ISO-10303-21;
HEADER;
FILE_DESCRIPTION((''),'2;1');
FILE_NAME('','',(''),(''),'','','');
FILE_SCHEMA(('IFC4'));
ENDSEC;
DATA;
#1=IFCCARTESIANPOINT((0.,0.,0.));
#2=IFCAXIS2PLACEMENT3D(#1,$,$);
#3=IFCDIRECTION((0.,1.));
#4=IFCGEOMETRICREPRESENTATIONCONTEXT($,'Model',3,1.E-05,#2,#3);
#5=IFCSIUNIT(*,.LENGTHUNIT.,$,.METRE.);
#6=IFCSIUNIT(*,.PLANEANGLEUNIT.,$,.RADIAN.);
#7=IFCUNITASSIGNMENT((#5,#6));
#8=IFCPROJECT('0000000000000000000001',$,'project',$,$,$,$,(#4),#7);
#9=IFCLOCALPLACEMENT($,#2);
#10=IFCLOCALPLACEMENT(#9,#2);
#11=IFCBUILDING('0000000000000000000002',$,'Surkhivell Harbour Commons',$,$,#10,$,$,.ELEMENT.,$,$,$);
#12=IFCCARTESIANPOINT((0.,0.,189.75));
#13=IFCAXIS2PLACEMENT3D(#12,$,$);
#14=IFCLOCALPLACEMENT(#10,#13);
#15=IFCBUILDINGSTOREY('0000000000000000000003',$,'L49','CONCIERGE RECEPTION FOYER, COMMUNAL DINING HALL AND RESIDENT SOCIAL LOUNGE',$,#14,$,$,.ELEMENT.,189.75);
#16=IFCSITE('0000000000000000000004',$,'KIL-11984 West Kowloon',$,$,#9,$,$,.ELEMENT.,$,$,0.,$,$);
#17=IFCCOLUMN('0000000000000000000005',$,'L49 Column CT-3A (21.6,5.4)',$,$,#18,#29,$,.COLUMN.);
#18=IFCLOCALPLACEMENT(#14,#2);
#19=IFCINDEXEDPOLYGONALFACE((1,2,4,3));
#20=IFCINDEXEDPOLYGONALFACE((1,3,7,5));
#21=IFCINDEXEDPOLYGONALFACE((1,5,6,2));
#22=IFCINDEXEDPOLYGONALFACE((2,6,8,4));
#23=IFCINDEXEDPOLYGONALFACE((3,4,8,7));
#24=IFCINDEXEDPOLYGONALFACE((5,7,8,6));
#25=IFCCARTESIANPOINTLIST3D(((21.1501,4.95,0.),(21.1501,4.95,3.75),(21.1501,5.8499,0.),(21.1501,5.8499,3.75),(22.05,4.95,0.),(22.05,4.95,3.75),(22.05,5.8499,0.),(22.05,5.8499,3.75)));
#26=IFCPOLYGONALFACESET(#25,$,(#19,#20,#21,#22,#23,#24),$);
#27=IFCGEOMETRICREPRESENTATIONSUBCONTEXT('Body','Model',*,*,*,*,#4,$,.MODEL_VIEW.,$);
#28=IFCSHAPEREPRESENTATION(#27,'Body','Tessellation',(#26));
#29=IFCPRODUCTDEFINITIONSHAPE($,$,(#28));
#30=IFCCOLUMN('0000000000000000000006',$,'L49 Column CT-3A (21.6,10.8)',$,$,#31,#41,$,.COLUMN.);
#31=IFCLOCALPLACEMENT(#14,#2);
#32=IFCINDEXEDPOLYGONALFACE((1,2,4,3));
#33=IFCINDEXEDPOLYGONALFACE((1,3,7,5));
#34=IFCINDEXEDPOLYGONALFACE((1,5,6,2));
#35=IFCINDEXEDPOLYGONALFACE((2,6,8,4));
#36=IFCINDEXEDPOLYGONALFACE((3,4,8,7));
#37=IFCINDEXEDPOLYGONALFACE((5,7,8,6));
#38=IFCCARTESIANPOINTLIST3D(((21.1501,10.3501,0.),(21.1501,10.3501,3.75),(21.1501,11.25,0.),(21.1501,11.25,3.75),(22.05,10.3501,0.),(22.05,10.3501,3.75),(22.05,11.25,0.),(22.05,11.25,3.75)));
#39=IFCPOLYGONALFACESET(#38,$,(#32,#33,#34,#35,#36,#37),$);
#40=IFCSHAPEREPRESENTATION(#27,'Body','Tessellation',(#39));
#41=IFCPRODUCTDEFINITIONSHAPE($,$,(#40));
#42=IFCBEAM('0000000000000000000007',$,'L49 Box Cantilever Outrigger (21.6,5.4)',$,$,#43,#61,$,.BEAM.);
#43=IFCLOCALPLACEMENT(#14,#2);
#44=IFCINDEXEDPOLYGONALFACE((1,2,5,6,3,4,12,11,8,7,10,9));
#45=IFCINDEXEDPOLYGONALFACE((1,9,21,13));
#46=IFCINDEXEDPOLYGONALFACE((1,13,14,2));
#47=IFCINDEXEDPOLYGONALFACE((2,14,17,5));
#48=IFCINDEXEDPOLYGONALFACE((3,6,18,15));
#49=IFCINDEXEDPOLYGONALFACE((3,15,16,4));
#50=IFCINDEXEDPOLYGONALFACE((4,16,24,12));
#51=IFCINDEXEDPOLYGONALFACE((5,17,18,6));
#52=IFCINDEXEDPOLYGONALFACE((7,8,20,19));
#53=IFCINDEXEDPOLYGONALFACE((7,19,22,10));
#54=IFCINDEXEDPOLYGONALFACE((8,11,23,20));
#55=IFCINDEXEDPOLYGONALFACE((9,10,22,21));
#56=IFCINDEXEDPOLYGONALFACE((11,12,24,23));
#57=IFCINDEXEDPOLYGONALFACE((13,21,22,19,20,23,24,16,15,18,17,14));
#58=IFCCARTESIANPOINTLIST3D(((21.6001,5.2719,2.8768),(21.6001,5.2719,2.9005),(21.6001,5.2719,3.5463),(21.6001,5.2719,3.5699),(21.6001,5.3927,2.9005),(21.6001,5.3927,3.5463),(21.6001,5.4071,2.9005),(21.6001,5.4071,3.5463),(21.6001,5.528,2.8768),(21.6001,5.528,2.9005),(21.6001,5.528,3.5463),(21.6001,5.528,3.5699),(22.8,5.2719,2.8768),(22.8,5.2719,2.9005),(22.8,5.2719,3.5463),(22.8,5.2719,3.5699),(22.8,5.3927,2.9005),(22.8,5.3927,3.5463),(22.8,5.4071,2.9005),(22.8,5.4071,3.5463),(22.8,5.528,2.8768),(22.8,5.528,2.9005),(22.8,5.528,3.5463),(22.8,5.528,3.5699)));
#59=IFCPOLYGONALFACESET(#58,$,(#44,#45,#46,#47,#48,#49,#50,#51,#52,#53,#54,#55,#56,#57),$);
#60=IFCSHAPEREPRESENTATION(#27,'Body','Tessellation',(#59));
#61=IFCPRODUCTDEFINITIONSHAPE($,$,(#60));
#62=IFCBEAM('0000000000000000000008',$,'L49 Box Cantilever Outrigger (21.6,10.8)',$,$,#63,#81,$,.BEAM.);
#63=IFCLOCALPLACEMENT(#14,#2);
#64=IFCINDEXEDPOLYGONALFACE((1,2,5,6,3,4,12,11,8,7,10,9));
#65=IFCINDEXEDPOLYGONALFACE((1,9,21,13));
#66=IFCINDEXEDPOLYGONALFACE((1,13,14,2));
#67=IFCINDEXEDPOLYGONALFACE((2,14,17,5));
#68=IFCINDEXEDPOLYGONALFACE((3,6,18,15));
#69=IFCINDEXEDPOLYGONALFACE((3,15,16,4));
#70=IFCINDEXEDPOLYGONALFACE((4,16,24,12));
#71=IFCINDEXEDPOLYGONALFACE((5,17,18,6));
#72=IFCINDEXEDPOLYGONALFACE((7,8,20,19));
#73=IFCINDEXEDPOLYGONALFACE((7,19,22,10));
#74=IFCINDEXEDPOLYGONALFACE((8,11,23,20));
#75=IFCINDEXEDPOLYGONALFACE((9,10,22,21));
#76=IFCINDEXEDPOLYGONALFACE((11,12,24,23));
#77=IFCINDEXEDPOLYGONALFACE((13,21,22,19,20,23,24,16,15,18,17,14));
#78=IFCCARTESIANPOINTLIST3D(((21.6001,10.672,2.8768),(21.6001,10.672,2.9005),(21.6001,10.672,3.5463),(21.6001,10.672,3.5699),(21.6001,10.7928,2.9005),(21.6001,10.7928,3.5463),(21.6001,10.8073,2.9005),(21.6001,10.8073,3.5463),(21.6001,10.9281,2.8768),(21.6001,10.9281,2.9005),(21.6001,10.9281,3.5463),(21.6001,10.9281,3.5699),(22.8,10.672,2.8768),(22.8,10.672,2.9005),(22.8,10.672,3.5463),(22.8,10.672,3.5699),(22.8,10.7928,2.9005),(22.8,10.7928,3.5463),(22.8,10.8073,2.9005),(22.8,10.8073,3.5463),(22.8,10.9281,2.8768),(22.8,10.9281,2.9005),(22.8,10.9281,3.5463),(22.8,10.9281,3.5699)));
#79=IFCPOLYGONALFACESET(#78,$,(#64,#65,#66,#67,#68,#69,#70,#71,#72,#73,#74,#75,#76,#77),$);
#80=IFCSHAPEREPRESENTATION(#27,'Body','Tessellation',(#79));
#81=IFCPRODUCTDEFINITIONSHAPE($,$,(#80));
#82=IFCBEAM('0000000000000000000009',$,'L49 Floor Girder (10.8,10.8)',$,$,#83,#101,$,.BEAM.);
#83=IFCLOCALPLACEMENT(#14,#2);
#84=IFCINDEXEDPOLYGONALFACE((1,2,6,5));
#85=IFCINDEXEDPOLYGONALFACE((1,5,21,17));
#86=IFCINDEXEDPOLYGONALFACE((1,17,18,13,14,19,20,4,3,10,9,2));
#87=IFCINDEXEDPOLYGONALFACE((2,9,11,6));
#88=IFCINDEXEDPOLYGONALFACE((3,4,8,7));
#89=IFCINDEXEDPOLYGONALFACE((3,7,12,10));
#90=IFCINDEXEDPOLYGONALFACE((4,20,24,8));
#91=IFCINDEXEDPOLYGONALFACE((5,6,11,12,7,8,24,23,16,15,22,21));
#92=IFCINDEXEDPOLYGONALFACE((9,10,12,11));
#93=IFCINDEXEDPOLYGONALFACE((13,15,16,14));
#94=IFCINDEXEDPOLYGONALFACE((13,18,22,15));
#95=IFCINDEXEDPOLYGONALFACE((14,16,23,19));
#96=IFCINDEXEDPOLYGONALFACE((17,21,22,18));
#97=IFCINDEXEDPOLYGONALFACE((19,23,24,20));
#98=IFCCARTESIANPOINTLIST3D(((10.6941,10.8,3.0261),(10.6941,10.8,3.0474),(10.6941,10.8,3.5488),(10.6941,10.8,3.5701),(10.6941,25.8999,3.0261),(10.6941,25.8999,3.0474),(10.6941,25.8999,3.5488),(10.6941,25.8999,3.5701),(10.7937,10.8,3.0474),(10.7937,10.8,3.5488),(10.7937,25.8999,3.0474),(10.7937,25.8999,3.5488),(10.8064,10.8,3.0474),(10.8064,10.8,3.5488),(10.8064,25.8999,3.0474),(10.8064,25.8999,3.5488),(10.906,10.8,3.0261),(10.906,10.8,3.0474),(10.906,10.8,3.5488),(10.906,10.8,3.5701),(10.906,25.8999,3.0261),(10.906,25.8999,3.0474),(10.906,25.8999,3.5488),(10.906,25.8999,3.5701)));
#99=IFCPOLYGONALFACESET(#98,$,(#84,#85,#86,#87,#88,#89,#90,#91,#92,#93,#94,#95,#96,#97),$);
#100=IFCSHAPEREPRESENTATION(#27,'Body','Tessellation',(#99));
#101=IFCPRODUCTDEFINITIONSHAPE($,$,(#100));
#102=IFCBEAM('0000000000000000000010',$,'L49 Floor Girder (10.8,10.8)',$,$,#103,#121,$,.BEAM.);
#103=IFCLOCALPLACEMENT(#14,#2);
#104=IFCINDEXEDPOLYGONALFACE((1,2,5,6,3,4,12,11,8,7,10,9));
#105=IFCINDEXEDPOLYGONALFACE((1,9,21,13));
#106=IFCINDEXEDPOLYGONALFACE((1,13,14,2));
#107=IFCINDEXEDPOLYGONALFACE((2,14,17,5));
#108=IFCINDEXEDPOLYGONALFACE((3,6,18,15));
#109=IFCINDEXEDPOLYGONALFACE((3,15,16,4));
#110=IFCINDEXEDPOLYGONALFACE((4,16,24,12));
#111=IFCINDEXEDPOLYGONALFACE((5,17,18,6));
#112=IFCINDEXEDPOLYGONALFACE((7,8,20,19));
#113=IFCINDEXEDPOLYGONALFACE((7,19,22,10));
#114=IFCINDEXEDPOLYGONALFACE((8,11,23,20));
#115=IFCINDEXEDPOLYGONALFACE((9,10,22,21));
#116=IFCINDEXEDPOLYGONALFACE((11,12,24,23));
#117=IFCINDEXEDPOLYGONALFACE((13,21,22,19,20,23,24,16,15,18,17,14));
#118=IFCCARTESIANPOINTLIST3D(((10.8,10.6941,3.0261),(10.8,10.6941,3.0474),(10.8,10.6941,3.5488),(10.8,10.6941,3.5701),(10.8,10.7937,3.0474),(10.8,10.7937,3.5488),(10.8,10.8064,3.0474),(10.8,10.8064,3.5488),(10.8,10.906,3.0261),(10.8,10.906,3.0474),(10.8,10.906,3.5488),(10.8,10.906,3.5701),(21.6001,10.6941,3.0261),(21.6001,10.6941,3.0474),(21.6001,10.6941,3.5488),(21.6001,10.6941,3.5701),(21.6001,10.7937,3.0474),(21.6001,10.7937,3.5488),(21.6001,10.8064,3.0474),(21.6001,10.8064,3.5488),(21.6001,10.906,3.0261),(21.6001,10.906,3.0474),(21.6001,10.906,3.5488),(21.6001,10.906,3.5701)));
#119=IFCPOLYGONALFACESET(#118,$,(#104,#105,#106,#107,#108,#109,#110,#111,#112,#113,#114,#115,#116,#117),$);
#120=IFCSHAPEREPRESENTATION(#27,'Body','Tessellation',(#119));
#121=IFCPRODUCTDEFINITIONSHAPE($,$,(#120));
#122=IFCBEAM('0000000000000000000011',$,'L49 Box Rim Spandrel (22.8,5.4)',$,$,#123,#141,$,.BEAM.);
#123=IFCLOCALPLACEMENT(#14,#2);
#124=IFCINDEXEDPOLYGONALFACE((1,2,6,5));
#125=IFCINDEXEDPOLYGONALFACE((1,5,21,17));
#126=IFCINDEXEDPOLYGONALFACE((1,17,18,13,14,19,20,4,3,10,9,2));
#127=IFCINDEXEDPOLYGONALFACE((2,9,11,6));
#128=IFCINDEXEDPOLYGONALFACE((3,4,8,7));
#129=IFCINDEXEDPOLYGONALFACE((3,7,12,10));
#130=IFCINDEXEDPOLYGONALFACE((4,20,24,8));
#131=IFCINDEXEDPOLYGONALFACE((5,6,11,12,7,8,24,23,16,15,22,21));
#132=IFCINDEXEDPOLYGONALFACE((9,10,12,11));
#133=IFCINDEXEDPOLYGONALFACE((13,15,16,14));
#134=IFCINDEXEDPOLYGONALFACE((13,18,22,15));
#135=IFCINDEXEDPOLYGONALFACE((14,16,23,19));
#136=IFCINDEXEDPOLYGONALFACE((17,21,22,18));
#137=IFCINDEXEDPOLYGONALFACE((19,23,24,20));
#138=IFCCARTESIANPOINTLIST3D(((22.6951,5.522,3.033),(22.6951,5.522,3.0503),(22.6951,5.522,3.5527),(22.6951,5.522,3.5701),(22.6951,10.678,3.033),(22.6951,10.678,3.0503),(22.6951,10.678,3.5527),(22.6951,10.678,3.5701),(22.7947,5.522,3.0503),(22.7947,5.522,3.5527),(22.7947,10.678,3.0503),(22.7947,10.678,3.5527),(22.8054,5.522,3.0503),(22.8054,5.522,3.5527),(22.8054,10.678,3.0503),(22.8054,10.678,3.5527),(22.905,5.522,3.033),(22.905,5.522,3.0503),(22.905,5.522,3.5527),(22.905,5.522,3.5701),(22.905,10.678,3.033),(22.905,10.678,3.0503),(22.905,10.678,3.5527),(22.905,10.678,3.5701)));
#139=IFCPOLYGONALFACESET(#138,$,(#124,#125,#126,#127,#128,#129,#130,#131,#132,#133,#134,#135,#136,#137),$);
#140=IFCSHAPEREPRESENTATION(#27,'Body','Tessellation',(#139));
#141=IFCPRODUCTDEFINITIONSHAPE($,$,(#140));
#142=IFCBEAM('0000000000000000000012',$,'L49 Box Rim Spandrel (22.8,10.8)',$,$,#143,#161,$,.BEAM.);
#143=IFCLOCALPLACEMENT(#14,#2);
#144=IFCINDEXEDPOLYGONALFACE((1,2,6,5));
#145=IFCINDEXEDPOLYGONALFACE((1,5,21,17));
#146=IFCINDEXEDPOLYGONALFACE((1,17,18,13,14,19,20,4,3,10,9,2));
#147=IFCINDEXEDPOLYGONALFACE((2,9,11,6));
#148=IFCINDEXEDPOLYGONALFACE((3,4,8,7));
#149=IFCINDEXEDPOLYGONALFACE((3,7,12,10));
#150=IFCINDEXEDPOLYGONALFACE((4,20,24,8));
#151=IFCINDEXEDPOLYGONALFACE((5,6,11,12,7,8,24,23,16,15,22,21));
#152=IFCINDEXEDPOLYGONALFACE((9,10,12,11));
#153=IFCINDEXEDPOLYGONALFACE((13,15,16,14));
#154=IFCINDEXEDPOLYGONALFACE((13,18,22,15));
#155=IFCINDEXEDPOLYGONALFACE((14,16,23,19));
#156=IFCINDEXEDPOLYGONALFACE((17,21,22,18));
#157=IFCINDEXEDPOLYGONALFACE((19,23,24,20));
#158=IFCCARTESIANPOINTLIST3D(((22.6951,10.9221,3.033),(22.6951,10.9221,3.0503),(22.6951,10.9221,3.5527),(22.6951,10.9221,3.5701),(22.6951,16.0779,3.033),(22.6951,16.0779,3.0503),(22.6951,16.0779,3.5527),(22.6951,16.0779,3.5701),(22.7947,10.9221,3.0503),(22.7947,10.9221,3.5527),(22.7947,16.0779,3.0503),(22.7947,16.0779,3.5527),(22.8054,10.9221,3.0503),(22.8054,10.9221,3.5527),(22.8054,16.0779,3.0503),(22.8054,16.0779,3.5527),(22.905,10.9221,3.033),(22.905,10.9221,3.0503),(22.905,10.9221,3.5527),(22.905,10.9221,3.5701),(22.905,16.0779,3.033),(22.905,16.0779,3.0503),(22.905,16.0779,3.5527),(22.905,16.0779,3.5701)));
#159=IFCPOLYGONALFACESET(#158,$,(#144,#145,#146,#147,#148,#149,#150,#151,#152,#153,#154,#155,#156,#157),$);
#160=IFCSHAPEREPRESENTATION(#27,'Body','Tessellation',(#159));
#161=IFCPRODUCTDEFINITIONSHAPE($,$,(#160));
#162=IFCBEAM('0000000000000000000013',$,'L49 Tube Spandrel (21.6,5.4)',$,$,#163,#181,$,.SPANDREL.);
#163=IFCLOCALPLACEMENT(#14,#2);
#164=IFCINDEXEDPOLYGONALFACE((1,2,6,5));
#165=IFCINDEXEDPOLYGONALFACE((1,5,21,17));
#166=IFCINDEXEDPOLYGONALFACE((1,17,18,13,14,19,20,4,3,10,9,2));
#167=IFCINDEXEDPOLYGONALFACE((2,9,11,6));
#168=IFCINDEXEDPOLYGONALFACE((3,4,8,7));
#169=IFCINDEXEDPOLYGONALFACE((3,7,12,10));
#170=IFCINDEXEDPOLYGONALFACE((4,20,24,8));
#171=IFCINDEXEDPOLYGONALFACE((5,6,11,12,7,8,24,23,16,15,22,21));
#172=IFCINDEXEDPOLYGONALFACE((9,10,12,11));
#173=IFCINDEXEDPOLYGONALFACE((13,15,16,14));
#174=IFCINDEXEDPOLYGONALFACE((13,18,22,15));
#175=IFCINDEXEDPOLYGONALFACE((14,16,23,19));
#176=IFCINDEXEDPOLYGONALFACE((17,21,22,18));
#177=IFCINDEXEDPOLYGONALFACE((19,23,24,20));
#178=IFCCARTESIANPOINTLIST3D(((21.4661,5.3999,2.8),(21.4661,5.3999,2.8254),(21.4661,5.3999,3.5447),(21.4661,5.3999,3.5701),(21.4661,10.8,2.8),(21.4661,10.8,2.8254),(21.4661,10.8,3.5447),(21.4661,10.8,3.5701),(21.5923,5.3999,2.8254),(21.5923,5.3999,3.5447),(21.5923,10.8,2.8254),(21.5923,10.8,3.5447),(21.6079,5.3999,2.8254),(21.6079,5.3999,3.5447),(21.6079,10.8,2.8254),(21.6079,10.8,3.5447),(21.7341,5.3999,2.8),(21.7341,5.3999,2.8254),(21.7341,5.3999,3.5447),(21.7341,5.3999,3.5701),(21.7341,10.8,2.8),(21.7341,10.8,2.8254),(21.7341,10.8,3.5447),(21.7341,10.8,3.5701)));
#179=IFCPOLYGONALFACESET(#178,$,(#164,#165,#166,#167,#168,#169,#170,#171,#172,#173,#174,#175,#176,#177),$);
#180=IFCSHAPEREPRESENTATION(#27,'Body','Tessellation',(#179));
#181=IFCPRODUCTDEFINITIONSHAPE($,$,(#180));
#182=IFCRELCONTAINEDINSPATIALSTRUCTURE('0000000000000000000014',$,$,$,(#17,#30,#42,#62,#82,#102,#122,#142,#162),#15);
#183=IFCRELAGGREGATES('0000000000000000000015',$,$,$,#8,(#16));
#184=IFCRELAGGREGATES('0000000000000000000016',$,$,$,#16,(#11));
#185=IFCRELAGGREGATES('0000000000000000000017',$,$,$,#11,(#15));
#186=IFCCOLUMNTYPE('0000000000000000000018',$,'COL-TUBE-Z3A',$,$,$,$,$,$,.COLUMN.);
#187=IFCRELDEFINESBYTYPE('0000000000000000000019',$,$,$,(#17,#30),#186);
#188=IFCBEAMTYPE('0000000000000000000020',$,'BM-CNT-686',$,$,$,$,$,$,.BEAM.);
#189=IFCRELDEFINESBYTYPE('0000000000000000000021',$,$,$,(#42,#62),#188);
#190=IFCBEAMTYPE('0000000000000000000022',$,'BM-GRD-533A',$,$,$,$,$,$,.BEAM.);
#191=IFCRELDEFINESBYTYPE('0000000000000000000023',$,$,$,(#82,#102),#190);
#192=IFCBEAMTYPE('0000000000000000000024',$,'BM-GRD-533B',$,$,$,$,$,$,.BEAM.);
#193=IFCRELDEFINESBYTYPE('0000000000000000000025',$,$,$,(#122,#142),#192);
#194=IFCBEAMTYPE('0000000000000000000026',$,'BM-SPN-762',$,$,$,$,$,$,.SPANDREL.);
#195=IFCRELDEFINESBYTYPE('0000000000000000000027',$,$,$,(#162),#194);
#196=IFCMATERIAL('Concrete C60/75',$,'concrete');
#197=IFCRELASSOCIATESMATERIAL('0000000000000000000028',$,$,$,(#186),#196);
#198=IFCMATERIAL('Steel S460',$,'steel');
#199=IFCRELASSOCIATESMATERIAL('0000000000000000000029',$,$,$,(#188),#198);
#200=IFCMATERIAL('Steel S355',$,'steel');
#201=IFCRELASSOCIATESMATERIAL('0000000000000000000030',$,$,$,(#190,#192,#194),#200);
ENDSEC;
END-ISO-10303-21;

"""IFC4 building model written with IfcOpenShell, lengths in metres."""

from ifc_helpers import new_model, si_unit, direction, frame, origin, origin_2d, place, context, subcontext, project, spatial, rectangle, i_section, extrude, material, material_profile, profile_set, type_object, element, save


model = new_model("IFC4")

# Units and contexts
model_context = context("Model", 3, precision=1e-05, world=origin(), true_north=direction((0.0, 1.0)))
body_context = subcontext(model_context, "Body", "Model", "MODEL_VIEW")
ifc_project = project(units=[si_unit("LENGTHUNIT", "METRE"), si_unit("PLANEANGLEUNIT", "RADIAN")], contexts=[model_context])

# Site, building, storey
site_placement = place(None, origin())
site = spatial("IfcSite", under=ifc_project, at=site_placement, Name="KIL-11984 West Kowloon", CompositionType="ELEMENT", RefElevation=0.0)
building_placement = place(site_placement, origin())
building = spatial("IfcBuilding", under=site, at=building_placement, Name="Surkhivell Harbour Commons", CompositionType="ELEMENT")
storey_placement = place(building_placement, frame((0.0, 0.0, 189.75)))
storey = spatial("IfcBuildingStorey", under=building, at=storey_placement, Name="L49", Description="CONCIERGE RECEPTION FOYER, COMMUNAL DINING HALL AND RESIDENT SOCIAL LOUNGE", CompositionType="ELEMENT", Elevation=189.75)

# Columns
ifc_material_1 = material(Name="Concrete C60/75", Category="concrete")
ifc_material_profile_1 = material_profile(ifc_material_1, rectangle(XDim=0.8999, YDim=0.8999, at=origin_2d()), Name="RC-COL-900x900")
ifc_profile_set_1 = profile_set([ifc_material_profile_1], Name="Concrete C60/75")
column_type = type_object("IfcColumnType", Name="COL-TUBE-Z3A", PredefinedType="COLUMN", material=ifc_profile_set_1)
for number, where, z_axis, x_axis, name in (
    (1, (21.6001, 5.3999, 0.0), (0.0, 0.0, 1.0), (1.0, 0.0, 0.0), "L49 Column CT-3A (21.6,5.4)"),
    (2, (21.6001, 10.8, 0.0), (0.0, 0.0, 1.0), (1.0, 0.0, 0.0), "L49 Column CT-3A (21.6,10.8)"),
):
    element("IfcColumn", number, at=place(storey_placement, frame(where, z_axis=z_axis, x_axis=x_axis)), inside=storey, type_object=column_type, Name=name, PredefinedType="COLUMN", context=body_context, shape_type="SweptSolid", body=[
        extrude(rectangle(XDim=0.8999, YDim=0.8999, at=origin_2d()), origin(), (0.0, 0.0, 1.0), 3.75),
    ])

# Beams
ifc_material_2 = material(Name="Steel S460", Category="steel")
ifc_material_profile_2 = material_profile(ifc_material_2, i_section(OverallWidth=0.2561, OverallDepth=0.6931, WebThickness=0.0144, FlangeThickness=0.0237, at=origin_2d()), Name="UB686x254x170")
ifc_profile_set_2 = profile_set([ifc_material_profile_2], Name="Steel S460")
beam_type_1 = type_object("IfcBeamType", Name="BM-CNT-686", PredefinedType="BEAM", material=ifc_profile_set_2)
for number, where, z_axis, x_axis, name in (
    (3, (21.6001, 5.3999, 3.2234), (1.0, 0.0, 0.0), (0.0, 1.0, 0.0), "L49 Box Cantilever Outrigger (21.6,5.4)"),
    (4, (21.6001, 10.8, 3.2234), (1.0, 0.0, 0.0), (0.0, 1.0, 0.0), "L49 Box Cantilever Outrigger (21.6,10.8)"),
):
    element("IfcBeam", number, at=place(storey_placement, frame(where, z_axis=z_axis, x_axis=x_axis)), inside=storey, type_object=beam_type_1, Name=name, PredefinedType="BEAM", context=body_context, shape_type="SweptSolid", body=[
        extrude(i_section(OverallWidth=0.2561, OverallDepth=0.6931, WebThickness=0.0144, FlangeThickness=0.0237, at=origin_2d()), origin(), (0.0, 0.0, 1.0), 1.2),
    ])
ifc_material_3 = material(Name="Steel S355", Category="steel")
ifc_material_profile_3 = material_profile(ifc_material_3, i_section(OverallWidth=0.2119, OverallDepth=0.5439, WebThickness=0.0127, FlangeThickness=0.0212, at=origin_2d()), Name="UB533x210x122")
ifc_profile_set_3 = profile_set([ifc_material_profile_3], Name="Steel S355")
beam_type_2 = type_object("IfcBeamType", Name="BM-GRD-533A", PredefinedType="BEAM", material=ifc_profile_set_3)
beam_1_placement = place(storey_placement, frame((10.8, 10.8, 3.2981), z_axis=(0.0, 1.0, 0.0), x_axis=(-1.0, 0.0, 0.0)))
element("IfcBeam", 5, at=beam_1_placement, inside=storey, type_object=beam_type_2, Name="L49 Floor Girder (10.8,10.8)", PredefinedType="BEAM", context=body_context, shape_type="SweptSolid", body=[
    extrude(i_section(OverallWidth=0.2119, OverallDepth=0.5439, WebThickness=0.0127, FlangeThickness=0.0212, at=origin_2d()), origin(), (0.0, 0.0, 1.0), 15.0999),
])
beam_2_placement = place(storey_placement, frame((10.8, 10.8, 3.2981), z_axis=(1.0, 0.0, 0.0), x_axis=(0.0, 1.0, 0.0)))
element("IfcBeam", 6, at=beam_2_placement, inside=storey, type_object=beam_type_2, Name="L49 Floor Girder (10.8,10.8)", PredefinedType="BEAM", context=body_context, shape_type="SweptSolid", body=[
    extrude(i_section(OverallWidth=0.2119, OverallDepth=0.5439, WebThickness=0.0127, FlangeThickness=0.0212, at=origin_2d()), origin(), (0.0, 0.0, 1.0), 10.8),
])
ifc_material_profile_4 = material_profile(ifc_material_3, i_section(OverallWidth=0.21, OverallDepth=0.5371, WebThickness=0.0107, FlangeThickness=0.0173, at=origin_2d()), Name="UB533x210x101")
ifc_profile_set_4 = profile_set([ifc_material_profile_4], Name="Steel S355")
beam_type_3 = type_object("IfcBeamType", Name="BM-GRD-533B", PredefinedType="BEAM", material=ifc_profile_set_4)
beam_3_placement = place(storey_placement, frame((22.8, 5.522, 3.3015), z_axis=(0.0, 1.0, 0.0), x_axis=(-1.0, 0.0, 0.0)))
element("IfcBeam", 7, at=beam_3_placement, inside=storey, type_object=beam_type_3, Name="L49 Box Rim Spandrel (22.8,5.4)", PredefinedType="BEAM", context=body_context, shape_type="SweptSolid", body=[
    extrude(i_section(OverallWidth=0.21, OverallDepth=0.5371, WebThickness=0.0107, FlangeThickness=0.0173, at=origin_2d()), origin(), (0.0, 0.0, 1.0), 5.156),
])
beam_4_placement = place(storey_placement, frame((22.8, 10.9221, 3.3015), z_axis=(0.0, 1.0, 0.0), x_axis=(-1.0, 0.0, 0.0)))
element("IfcBeam", 8, at=beam_4_placement, inside=storey, type_object=beam_type_3, Name="L49 Box Rim Spandrel (22.8,10.8)", PredefinedType="BEAM", context=body_context, shape_type="SweptSolid", body=[
    extrude(i_section(OverallWidth=0.21, OverallDepth=0.5371, WebThickness=0.0107, FlangeThickness=0.0173, at=origin_2d()), origin(), (0.0, 0.0, 1.0), 5.1558),
])
ifc_material_profile_5 = material_profile(ifc_material_3, i_section(OverallWidth=0.2681, OverallDepth=0.77, WebThickness=0.0156, FlangeThickness=0.0254, at=origin_2d()), Name="UB762x267x197")
ifc_profile_set_5 = profile_set([ifc_material_profile_5], Name="Steel S355")
beam_type_4 = type_object("IfcBeamType", Name="BM-SPN-762", PredefinedType="SPANDREL", material=ifc_profile_set_5)
beam_5_placement = place(storey_placement, frame((21.6001, 5.3999, 3.1851), z_axis=(0.0, 1.0, 0.0), x_axis=(-1.0, 0.0, 0.0)))
element("IfcBeam", 9, at=beam_5_placement, inside=storey, type_object=beam_type_4, Name="L49 Tube Spandrel (21.6,5.4)", PredefinedType="SPANDREL", context=body_context, shape_type="SweptSolid", body=[
    extrude(i_section(OverallWidth=0.2681, OverallDepth=0.77, WebThickness=0.0156, FlangeThickness=0.0254, at=origin_2d()), origin(), (0.0, 0.0, 1.0), 5.4001),
])

save(model, "model.ifc")
